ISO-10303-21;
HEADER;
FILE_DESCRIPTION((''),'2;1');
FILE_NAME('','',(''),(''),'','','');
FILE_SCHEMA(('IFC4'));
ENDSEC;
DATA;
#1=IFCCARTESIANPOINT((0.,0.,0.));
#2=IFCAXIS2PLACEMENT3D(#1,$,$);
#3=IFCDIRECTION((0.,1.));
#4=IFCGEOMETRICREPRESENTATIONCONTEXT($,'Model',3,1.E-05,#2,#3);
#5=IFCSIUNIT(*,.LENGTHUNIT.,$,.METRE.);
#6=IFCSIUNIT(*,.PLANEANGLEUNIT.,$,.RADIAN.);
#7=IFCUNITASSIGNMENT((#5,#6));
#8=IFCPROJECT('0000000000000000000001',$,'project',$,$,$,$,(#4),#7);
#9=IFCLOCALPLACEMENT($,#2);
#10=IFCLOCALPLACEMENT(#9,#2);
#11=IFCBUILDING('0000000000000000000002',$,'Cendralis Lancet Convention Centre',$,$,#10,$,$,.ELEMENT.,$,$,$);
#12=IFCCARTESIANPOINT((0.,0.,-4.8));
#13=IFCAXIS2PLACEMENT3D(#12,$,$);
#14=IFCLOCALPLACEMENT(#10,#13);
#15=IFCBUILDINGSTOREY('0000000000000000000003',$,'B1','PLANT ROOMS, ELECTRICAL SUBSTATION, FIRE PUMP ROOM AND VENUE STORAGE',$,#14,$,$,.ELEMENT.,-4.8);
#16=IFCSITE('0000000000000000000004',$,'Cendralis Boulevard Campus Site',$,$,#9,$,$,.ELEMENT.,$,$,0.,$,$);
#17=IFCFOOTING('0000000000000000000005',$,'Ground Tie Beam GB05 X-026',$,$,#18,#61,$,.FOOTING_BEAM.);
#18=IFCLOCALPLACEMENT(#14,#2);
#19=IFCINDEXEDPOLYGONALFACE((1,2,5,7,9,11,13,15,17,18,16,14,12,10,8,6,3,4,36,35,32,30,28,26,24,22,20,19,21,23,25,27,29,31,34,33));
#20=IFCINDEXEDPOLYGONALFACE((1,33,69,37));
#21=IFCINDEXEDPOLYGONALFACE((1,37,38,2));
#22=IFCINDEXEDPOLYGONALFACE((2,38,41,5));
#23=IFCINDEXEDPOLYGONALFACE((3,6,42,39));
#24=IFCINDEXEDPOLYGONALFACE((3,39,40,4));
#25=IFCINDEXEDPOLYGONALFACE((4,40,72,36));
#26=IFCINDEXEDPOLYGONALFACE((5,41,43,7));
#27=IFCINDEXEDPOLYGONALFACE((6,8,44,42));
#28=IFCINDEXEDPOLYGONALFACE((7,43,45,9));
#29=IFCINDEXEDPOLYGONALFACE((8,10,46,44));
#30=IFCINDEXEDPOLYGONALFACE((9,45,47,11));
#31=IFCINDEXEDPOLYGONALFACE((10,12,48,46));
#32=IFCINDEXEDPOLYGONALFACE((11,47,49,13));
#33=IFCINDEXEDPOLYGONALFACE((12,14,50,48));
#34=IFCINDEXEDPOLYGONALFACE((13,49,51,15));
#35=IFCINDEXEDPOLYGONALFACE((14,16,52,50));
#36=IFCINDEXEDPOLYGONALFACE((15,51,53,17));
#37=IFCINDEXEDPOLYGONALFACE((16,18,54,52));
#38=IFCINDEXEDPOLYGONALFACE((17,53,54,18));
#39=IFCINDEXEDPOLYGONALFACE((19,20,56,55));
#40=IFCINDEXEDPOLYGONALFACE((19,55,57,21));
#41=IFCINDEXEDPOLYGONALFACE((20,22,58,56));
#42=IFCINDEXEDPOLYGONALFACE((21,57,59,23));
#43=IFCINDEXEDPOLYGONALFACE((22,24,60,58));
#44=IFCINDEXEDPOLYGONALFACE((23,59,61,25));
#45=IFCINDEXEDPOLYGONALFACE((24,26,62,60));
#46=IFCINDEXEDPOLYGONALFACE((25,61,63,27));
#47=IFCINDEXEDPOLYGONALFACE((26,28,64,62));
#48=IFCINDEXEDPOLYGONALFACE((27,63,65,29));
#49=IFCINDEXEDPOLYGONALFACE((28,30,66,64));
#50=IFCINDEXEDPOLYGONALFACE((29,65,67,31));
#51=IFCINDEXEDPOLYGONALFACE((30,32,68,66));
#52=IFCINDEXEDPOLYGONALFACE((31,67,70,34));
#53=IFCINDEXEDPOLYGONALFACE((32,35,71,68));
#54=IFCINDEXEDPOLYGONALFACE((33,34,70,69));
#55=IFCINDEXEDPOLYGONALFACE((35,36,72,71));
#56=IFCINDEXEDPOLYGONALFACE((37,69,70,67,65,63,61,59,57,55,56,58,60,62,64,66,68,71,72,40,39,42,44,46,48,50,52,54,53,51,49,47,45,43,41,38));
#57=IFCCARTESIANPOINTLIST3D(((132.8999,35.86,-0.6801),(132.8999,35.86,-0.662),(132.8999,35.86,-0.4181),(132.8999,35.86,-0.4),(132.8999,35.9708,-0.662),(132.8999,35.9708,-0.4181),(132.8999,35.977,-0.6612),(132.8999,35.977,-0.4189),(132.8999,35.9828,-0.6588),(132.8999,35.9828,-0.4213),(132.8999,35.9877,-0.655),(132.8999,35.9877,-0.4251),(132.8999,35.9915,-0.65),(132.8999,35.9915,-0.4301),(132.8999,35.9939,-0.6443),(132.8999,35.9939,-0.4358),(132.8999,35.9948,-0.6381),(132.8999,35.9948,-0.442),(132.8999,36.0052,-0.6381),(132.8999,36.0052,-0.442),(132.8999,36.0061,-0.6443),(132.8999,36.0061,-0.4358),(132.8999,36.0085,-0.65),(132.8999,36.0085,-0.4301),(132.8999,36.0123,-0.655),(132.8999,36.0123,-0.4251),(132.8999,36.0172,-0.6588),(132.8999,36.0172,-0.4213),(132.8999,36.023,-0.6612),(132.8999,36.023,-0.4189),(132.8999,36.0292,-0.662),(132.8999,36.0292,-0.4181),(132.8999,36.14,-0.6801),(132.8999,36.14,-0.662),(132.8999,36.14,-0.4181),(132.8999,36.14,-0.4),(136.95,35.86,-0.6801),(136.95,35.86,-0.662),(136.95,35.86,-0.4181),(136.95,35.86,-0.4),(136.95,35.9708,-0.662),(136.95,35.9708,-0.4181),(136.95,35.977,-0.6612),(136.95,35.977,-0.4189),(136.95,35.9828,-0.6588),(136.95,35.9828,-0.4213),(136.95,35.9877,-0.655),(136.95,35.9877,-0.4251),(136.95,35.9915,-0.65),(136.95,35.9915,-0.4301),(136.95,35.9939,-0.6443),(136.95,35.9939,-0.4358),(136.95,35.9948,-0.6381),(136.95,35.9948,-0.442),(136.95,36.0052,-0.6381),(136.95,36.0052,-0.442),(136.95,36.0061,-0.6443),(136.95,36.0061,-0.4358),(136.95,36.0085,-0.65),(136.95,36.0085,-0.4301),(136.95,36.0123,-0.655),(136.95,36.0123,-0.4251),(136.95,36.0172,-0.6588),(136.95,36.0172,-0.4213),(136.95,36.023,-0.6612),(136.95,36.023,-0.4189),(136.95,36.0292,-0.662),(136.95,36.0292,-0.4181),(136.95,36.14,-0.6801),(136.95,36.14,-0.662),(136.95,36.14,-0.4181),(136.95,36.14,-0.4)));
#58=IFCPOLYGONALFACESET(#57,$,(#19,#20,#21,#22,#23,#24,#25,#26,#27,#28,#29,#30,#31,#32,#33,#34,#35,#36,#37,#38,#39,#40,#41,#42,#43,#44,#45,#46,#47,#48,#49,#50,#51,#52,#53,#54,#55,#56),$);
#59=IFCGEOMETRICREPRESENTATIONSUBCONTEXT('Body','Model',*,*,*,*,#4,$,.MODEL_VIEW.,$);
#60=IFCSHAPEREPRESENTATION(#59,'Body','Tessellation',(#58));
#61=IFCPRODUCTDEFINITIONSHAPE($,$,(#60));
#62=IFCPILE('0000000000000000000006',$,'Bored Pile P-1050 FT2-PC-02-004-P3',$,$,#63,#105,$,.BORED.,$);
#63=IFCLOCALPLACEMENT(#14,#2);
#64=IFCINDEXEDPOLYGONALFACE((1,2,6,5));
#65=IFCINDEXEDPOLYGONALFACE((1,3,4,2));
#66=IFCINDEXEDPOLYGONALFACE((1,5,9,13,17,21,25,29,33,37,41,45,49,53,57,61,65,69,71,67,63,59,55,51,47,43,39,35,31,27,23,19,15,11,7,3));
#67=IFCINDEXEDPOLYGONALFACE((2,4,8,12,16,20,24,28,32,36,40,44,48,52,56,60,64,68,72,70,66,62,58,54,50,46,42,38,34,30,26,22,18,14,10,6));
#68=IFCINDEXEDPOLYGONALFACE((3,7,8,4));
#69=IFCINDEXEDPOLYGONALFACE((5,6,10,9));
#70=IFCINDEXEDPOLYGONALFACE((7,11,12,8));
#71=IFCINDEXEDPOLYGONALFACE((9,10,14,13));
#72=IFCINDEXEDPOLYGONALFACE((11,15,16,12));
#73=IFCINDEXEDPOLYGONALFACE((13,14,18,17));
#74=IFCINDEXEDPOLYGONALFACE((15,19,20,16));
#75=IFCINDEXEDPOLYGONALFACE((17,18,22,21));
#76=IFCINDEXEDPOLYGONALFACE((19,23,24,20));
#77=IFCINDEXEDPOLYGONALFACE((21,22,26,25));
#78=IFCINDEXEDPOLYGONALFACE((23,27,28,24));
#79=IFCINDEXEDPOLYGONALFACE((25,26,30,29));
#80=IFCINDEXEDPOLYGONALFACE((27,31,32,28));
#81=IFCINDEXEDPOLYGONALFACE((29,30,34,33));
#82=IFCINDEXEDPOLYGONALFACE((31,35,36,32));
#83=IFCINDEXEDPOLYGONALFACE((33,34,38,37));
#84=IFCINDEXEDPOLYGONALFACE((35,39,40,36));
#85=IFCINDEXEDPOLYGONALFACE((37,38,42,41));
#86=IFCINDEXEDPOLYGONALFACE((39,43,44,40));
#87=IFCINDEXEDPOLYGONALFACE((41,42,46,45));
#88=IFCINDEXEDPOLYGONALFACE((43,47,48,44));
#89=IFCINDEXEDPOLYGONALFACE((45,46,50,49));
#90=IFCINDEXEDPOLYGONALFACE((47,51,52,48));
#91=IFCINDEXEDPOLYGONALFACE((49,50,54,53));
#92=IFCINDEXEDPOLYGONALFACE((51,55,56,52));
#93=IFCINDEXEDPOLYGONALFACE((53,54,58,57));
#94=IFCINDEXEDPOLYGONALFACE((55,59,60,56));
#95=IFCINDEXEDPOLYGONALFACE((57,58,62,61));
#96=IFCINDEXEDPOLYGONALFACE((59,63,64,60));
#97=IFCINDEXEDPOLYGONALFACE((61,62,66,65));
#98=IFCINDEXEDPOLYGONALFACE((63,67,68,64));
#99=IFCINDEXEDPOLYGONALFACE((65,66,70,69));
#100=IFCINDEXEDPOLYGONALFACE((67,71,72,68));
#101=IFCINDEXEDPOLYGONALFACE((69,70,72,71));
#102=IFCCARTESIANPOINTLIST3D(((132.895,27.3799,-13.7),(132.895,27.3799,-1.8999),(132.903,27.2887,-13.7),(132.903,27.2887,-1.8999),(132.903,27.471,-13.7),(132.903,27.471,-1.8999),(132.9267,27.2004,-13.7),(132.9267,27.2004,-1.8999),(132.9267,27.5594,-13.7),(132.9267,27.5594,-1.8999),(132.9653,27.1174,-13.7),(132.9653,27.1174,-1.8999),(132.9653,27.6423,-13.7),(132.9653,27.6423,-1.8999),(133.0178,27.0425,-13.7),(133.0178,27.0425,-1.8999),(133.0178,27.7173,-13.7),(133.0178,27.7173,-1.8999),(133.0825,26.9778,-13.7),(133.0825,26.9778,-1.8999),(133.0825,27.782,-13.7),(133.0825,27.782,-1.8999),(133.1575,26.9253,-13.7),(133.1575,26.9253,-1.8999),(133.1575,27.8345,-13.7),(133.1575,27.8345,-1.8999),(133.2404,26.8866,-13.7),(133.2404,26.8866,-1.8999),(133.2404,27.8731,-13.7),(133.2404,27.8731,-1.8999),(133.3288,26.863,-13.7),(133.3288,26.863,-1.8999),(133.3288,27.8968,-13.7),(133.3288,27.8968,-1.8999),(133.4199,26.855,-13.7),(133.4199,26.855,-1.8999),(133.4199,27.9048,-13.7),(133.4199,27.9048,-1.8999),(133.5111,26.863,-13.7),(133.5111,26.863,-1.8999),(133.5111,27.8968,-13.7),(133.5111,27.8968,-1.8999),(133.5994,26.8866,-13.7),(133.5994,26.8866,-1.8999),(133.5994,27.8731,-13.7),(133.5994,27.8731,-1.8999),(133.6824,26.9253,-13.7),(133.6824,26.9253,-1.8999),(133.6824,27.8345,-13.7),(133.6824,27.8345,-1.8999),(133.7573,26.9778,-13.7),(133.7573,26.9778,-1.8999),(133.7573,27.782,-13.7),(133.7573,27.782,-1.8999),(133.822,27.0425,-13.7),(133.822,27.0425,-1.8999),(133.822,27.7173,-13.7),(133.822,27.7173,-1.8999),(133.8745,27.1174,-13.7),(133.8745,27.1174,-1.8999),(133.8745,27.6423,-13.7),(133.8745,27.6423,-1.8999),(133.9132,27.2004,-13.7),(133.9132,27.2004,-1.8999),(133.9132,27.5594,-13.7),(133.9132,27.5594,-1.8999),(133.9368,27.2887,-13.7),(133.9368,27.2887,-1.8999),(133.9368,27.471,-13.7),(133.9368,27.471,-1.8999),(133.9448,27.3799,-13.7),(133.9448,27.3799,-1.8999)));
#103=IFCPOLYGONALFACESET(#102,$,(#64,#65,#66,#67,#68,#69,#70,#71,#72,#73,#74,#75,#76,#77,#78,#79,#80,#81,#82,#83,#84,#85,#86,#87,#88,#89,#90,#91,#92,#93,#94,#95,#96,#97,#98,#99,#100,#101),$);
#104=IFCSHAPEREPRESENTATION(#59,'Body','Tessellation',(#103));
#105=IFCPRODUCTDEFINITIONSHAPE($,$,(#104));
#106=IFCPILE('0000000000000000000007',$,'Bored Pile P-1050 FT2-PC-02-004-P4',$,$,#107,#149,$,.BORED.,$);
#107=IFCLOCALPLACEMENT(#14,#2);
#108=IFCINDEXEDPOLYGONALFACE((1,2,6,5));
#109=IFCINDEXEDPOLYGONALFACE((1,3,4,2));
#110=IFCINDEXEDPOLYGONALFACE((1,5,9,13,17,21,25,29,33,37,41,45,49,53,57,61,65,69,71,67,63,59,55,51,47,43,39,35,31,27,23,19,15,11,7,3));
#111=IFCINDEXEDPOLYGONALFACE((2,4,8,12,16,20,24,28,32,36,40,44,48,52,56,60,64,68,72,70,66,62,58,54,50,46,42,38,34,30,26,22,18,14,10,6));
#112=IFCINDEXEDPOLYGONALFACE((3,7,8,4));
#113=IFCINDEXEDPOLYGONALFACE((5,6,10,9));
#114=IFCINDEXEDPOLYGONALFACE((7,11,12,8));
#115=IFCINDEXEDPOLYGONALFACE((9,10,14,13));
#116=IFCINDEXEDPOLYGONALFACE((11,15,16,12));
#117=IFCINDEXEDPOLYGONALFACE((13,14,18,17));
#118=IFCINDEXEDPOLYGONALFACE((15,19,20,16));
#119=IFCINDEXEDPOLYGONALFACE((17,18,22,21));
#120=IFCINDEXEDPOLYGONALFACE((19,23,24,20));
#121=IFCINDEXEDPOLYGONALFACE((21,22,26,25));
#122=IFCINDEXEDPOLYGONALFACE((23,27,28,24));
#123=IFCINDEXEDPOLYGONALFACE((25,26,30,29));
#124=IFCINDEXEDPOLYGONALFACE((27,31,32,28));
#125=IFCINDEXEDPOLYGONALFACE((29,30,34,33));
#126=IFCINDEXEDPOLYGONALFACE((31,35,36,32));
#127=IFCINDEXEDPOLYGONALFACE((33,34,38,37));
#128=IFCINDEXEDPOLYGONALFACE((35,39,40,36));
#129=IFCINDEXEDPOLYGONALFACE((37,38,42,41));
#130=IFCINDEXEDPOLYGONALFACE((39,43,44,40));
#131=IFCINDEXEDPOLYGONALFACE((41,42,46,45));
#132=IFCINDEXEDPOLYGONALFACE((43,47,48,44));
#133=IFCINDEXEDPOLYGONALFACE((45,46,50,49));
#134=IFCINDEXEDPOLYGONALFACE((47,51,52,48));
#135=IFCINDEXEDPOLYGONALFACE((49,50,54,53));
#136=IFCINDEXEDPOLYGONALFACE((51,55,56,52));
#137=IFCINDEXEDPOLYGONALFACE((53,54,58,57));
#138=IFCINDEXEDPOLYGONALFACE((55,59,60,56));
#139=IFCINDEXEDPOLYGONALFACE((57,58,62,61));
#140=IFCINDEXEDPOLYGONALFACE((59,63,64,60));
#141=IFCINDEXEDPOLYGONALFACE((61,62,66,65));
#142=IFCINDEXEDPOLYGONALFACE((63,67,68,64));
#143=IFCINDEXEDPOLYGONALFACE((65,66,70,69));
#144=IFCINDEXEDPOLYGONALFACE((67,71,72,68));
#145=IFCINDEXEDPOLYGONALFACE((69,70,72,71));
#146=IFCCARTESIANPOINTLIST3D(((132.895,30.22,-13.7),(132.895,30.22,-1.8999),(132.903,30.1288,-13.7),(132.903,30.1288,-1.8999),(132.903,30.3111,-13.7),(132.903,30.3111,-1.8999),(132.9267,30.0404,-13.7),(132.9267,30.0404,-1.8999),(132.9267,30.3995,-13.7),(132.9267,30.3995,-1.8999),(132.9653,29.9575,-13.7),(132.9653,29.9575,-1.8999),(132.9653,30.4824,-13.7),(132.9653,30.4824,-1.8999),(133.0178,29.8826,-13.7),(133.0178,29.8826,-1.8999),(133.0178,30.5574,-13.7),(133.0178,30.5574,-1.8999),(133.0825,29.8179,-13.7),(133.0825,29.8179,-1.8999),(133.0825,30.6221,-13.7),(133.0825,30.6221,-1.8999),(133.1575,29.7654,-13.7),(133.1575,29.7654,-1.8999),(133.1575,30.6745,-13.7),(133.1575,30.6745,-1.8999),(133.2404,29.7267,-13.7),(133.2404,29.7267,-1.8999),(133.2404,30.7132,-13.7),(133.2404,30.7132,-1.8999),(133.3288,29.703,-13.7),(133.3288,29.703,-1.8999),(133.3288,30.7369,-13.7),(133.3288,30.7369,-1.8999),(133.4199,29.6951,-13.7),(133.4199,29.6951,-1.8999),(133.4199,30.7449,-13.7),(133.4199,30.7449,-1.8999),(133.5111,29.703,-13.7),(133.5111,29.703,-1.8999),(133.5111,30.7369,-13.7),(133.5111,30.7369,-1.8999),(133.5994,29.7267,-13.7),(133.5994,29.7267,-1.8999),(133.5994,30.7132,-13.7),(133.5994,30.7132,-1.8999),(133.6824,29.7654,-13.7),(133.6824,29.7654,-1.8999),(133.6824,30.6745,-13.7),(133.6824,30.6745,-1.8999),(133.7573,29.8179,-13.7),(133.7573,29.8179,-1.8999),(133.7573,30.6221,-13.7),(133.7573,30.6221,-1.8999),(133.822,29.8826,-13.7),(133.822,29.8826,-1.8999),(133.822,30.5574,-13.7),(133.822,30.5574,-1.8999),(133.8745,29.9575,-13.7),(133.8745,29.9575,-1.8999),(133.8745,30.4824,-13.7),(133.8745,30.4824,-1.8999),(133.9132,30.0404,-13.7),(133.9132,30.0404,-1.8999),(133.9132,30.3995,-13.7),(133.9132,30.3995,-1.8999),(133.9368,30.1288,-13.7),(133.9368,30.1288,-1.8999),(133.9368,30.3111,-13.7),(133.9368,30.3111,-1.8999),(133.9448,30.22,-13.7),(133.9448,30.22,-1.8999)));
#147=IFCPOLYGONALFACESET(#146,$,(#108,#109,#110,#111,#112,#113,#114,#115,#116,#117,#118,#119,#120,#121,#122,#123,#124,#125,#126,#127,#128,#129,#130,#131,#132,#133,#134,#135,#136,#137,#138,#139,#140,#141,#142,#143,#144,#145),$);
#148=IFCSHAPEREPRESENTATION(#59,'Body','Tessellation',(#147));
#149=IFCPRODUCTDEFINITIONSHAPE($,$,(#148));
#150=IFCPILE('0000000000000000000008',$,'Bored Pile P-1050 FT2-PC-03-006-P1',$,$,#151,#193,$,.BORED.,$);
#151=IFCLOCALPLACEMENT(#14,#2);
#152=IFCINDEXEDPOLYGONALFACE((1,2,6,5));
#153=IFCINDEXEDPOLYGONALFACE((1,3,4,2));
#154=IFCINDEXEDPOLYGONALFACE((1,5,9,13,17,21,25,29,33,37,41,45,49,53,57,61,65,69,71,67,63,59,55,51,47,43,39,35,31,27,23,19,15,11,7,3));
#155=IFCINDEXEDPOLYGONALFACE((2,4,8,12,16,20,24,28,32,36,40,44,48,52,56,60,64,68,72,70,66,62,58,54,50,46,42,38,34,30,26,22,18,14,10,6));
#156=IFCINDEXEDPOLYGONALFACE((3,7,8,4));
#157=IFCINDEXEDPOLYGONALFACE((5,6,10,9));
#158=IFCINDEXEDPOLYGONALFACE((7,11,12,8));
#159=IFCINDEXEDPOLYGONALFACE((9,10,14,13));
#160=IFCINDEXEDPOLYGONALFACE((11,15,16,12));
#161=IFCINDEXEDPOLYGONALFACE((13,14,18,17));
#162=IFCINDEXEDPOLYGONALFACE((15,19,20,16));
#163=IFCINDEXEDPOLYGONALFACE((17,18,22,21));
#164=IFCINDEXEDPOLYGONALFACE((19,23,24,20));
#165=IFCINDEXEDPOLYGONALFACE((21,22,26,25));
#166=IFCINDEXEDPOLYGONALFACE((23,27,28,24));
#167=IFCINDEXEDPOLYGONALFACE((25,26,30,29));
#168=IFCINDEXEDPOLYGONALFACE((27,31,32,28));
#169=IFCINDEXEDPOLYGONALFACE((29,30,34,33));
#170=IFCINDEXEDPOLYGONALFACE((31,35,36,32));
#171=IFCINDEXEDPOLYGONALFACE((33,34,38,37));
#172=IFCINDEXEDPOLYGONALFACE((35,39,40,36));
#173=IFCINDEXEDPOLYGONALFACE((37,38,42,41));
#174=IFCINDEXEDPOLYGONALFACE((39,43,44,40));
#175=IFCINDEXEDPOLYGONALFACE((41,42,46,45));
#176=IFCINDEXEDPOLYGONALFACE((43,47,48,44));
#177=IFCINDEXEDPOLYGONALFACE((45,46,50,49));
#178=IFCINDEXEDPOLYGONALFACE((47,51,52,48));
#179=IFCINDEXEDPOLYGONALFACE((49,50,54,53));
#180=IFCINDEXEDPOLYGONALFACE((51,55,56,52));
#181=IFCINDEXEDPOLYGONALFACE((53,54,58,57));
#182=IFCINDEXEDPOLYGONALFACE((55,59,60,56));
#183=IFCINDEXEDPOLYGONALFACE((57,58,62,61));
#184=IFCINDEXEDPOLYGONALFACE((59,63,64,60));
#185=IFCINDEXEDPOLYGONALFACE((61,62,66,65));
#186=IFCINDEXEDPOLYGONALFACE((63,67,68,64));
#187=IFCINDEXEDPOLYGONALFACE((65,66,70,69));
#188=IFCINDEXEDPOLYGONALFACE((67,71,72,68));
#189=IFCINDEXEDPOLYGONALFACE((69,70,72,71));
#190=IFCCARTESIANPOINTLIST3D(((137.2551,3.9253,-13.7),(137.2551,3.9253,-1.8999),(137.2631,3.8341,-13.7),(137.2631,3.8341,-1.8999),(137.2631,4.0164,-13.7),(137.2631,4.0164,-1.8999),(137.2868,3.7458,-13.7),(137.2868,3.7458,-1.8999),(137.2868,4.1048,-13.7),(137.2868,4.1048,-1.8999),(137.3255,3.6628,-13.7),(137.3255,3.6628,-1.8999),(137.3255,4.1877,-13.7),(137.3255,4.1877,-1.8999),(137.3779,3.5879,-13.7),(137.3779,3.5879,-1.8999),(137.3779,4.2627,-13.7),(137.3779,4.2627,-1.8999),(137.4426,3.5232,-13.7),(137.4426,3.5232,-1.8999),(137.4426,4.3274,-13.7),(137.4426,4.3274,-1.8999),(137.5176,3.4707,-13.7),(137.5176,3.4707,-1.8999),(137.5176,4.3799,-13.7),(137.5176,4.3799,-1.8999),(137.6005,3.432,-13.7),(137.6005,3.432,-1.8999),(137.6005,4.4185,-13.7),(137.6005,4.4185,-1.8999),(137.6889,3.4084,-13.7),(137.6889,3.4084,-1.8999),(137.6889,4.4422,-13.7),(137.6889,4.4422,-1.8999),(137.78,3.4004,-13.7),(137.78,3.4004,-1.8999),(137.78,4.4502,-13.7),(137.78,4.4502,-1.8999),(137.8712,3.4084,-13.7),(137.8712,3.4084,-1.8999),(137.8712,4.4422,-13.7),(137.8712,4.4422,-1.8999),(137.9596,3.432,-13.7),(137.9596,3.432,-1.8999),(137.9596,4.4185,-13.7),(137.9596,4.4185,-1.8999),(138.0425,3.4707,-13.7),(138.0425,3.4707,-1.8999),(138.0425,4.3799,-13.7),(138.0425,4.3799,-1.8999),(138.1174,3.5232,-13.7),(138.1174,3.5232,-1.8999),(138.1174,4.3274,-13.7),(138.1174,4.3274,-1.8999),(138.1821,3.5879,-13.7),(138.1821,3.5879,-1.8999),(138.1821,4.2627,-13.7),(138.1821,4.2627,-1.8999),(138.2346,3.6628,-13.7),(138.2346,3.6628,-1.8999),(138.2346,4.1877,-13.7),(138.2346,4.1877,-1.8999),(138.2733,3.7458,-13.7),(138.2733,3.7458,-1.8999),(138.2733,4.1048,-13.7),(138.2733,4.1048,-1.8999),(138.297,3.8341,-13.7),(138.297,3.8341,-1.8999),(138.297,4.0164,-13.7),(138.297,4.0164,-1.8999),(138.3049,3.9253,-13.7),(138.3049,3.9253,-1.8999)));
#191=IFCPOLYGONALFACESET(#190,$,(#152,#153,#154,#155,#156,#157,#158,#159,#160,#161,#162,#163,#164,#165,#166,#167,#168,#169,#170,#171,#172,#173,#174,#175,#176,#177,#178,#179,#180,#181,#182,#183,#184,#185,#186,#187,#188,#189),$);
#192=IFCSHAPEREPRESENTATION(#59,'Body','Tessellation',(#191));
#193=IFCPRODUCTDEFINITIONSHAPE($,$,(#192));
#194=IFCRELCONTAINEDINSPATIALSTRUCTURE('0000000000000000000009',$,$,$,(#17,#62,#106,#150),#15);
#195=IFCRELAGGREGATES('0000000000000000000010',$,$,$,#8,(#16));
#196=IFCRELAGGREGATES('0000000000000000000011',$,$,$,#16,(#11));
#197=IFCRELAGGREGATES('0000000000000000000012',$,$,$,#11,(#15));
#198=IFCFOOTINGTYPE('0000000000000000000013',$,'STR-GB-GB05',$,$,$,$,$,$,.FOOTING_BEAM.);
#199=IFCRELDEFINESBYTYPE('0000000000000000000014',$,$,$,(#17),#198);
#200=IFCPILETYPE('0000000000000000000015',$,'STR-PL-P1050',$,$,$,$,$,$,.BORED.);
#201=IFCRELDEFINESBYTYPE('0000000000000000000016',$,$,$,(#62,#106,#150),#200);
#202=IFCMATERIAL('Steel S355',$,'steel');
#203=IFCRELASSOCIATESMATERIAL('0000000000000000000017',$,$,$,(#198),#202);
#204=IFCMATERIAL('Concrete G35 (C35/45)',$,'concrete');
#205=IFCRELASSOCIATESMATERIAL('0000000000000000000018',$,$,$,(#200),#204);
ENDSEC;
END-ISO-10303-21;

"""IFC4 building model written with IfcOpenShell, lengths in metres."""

from ifc_helpers import new_model, si_unit, direction, frame, origin, origin_2d, place, context, subcontext, project, spatial, circle, i_section, extrude, material, material_profile, profile_set, type_object, element, save


model = new_model("IFC4")

# Units and contexts
model_context = context("Model", 3, precision=1e-05, world=origin(), true_north=direction((0.0, 1.0)))
body_context = subcontext(model_context, "Body", "Model", "MODEL_VIEW")
ifc_project = project(units=[si_unit("LENGTHUNIT", "METRE"), si_unit("PLANEANGLEUNIT", "RADIAN")], contexts=[model_context])

# Site, building, storey
site_placement = place(None, origin())
site = spatial("IfcSite", under=ifc_project, at=site_placement, Name="Cendralis Boulevard Campus Site", CompositionType="ELEMENT", RefElevation=0.0)
building_placement = place(site_placement, origin())
building = spatial("IfcBuilding", under=site, at=building_placement, Name="Cendralis Lancet Convention Centre", CompositionType="ELEMENT")
storey_placement = place(building_placement, frame((0.0, 0.0, -4.8)))
storey = spatial("IfcBuildingStorey", under=building, at=storey_placement, Name="B1", Description="PLANT ROOMS, ELECTRICAL SUBSTATION, FIRE PUMP ROOM AND VENUE STORAGE", CompositionType="ELEMENT", Elevation=-4.8)

# Footing
ifc_material_1 = material(Name="Concrete G35 (C35/45)", Category="concrete")
ifc_material_2 = material(Name="Steel S355", Category="steel")
ifc_material_profile_1 = material_profile(ifc_material_2, i_section(OverallWidth=0.28, OverallDepth=0.28, WebThickness=0.0105, FlangeThickness=0.0181, FilletRadius=0.0239, at=origin_2d()), Name="HEB 280")
ifc_profile_set_1 = profile_set([ifc_material_profile_1], Name="Steel S355")
footing_type_1 = type_object("IfcFootingType", Name="STR-GB-GB05", PredefinedType="FOOTING_BEAM", material=ifc_profile_set_1)
footing_1_placement = place(storey_placement, frame((132.8999, 36.0, -0.54), z_axis=(1.0, 0.0, 0.0), x_axis=(0.0, 1.0, 0.0)))
element("IfcFooting", 1, at=footing_1_placement, inside=storey, type_object=footing_type_1, Name="Ground Tie Beam GB05 X-026", PredefinedType="FOOTING_BEAM", context=body_context, shape_type="SweptSolid", body=[
    extrude(i_section(OverallWidth=0.28, OverallDepth=0.28, WebThickness=0.0105, FlangeThickness=0.0181, FilletRadius=0.0239, at=origin_2d()), origin(), (0.0, 0.0, 1.0), 4.05),
])

# Piles
ifc_material_profile_2 = material_profile(ifc_material_1, circle(Radius=0.5249, at=origin_2d()), Name="BORED PILE D1050")
ifc_profile_set_2 = profile_set([ifc_material_profile_2], Name="Concrete G35 (C35/45)")
pile_type = type_object("IfcPileType", Name="STR-PL-P1050", PredefinedType="BORED", material=ifc_profile_set_2)
for number, where, z_axis, x_axis, name in (
    (2, (133.4199, 27.3799, -1.8999), (0.0, 0.0, -1.0), (1.0, 0.0, 0.0), "Bored Pile P-1050 FT2-PC-02-004-P3"),
    (3, (133.4199, 30.22, -1.8999), (0.0, 0.0, -1.0), (1.0, 0.0, 0.0), "Bored Pile P-1050 FT2-PC-02-004-P4"),
    (4, (137.78, 3.9253, -1.8999), (0.0, 0.0, -1.0), (1.0, 0.0, 0.0), "Bored Pile P-1050 FT2-PC-03-006-P1"),
):
    element("IfcPile", number, at=place(storey_placement, frame(where, z_axis=z_axis, x_axis=x_axis)), inside=storey, type_object=pile_type, Name=name, PredefinedType="BORED", context=body_context, shape_type="SweptSolid", body=[
        extrude(circle(Radius=0.5249, at=origin_2d()), origin(), (0.0, 0.0, 1.0), 11.8),
    ])

save(model, "model.ifc")
